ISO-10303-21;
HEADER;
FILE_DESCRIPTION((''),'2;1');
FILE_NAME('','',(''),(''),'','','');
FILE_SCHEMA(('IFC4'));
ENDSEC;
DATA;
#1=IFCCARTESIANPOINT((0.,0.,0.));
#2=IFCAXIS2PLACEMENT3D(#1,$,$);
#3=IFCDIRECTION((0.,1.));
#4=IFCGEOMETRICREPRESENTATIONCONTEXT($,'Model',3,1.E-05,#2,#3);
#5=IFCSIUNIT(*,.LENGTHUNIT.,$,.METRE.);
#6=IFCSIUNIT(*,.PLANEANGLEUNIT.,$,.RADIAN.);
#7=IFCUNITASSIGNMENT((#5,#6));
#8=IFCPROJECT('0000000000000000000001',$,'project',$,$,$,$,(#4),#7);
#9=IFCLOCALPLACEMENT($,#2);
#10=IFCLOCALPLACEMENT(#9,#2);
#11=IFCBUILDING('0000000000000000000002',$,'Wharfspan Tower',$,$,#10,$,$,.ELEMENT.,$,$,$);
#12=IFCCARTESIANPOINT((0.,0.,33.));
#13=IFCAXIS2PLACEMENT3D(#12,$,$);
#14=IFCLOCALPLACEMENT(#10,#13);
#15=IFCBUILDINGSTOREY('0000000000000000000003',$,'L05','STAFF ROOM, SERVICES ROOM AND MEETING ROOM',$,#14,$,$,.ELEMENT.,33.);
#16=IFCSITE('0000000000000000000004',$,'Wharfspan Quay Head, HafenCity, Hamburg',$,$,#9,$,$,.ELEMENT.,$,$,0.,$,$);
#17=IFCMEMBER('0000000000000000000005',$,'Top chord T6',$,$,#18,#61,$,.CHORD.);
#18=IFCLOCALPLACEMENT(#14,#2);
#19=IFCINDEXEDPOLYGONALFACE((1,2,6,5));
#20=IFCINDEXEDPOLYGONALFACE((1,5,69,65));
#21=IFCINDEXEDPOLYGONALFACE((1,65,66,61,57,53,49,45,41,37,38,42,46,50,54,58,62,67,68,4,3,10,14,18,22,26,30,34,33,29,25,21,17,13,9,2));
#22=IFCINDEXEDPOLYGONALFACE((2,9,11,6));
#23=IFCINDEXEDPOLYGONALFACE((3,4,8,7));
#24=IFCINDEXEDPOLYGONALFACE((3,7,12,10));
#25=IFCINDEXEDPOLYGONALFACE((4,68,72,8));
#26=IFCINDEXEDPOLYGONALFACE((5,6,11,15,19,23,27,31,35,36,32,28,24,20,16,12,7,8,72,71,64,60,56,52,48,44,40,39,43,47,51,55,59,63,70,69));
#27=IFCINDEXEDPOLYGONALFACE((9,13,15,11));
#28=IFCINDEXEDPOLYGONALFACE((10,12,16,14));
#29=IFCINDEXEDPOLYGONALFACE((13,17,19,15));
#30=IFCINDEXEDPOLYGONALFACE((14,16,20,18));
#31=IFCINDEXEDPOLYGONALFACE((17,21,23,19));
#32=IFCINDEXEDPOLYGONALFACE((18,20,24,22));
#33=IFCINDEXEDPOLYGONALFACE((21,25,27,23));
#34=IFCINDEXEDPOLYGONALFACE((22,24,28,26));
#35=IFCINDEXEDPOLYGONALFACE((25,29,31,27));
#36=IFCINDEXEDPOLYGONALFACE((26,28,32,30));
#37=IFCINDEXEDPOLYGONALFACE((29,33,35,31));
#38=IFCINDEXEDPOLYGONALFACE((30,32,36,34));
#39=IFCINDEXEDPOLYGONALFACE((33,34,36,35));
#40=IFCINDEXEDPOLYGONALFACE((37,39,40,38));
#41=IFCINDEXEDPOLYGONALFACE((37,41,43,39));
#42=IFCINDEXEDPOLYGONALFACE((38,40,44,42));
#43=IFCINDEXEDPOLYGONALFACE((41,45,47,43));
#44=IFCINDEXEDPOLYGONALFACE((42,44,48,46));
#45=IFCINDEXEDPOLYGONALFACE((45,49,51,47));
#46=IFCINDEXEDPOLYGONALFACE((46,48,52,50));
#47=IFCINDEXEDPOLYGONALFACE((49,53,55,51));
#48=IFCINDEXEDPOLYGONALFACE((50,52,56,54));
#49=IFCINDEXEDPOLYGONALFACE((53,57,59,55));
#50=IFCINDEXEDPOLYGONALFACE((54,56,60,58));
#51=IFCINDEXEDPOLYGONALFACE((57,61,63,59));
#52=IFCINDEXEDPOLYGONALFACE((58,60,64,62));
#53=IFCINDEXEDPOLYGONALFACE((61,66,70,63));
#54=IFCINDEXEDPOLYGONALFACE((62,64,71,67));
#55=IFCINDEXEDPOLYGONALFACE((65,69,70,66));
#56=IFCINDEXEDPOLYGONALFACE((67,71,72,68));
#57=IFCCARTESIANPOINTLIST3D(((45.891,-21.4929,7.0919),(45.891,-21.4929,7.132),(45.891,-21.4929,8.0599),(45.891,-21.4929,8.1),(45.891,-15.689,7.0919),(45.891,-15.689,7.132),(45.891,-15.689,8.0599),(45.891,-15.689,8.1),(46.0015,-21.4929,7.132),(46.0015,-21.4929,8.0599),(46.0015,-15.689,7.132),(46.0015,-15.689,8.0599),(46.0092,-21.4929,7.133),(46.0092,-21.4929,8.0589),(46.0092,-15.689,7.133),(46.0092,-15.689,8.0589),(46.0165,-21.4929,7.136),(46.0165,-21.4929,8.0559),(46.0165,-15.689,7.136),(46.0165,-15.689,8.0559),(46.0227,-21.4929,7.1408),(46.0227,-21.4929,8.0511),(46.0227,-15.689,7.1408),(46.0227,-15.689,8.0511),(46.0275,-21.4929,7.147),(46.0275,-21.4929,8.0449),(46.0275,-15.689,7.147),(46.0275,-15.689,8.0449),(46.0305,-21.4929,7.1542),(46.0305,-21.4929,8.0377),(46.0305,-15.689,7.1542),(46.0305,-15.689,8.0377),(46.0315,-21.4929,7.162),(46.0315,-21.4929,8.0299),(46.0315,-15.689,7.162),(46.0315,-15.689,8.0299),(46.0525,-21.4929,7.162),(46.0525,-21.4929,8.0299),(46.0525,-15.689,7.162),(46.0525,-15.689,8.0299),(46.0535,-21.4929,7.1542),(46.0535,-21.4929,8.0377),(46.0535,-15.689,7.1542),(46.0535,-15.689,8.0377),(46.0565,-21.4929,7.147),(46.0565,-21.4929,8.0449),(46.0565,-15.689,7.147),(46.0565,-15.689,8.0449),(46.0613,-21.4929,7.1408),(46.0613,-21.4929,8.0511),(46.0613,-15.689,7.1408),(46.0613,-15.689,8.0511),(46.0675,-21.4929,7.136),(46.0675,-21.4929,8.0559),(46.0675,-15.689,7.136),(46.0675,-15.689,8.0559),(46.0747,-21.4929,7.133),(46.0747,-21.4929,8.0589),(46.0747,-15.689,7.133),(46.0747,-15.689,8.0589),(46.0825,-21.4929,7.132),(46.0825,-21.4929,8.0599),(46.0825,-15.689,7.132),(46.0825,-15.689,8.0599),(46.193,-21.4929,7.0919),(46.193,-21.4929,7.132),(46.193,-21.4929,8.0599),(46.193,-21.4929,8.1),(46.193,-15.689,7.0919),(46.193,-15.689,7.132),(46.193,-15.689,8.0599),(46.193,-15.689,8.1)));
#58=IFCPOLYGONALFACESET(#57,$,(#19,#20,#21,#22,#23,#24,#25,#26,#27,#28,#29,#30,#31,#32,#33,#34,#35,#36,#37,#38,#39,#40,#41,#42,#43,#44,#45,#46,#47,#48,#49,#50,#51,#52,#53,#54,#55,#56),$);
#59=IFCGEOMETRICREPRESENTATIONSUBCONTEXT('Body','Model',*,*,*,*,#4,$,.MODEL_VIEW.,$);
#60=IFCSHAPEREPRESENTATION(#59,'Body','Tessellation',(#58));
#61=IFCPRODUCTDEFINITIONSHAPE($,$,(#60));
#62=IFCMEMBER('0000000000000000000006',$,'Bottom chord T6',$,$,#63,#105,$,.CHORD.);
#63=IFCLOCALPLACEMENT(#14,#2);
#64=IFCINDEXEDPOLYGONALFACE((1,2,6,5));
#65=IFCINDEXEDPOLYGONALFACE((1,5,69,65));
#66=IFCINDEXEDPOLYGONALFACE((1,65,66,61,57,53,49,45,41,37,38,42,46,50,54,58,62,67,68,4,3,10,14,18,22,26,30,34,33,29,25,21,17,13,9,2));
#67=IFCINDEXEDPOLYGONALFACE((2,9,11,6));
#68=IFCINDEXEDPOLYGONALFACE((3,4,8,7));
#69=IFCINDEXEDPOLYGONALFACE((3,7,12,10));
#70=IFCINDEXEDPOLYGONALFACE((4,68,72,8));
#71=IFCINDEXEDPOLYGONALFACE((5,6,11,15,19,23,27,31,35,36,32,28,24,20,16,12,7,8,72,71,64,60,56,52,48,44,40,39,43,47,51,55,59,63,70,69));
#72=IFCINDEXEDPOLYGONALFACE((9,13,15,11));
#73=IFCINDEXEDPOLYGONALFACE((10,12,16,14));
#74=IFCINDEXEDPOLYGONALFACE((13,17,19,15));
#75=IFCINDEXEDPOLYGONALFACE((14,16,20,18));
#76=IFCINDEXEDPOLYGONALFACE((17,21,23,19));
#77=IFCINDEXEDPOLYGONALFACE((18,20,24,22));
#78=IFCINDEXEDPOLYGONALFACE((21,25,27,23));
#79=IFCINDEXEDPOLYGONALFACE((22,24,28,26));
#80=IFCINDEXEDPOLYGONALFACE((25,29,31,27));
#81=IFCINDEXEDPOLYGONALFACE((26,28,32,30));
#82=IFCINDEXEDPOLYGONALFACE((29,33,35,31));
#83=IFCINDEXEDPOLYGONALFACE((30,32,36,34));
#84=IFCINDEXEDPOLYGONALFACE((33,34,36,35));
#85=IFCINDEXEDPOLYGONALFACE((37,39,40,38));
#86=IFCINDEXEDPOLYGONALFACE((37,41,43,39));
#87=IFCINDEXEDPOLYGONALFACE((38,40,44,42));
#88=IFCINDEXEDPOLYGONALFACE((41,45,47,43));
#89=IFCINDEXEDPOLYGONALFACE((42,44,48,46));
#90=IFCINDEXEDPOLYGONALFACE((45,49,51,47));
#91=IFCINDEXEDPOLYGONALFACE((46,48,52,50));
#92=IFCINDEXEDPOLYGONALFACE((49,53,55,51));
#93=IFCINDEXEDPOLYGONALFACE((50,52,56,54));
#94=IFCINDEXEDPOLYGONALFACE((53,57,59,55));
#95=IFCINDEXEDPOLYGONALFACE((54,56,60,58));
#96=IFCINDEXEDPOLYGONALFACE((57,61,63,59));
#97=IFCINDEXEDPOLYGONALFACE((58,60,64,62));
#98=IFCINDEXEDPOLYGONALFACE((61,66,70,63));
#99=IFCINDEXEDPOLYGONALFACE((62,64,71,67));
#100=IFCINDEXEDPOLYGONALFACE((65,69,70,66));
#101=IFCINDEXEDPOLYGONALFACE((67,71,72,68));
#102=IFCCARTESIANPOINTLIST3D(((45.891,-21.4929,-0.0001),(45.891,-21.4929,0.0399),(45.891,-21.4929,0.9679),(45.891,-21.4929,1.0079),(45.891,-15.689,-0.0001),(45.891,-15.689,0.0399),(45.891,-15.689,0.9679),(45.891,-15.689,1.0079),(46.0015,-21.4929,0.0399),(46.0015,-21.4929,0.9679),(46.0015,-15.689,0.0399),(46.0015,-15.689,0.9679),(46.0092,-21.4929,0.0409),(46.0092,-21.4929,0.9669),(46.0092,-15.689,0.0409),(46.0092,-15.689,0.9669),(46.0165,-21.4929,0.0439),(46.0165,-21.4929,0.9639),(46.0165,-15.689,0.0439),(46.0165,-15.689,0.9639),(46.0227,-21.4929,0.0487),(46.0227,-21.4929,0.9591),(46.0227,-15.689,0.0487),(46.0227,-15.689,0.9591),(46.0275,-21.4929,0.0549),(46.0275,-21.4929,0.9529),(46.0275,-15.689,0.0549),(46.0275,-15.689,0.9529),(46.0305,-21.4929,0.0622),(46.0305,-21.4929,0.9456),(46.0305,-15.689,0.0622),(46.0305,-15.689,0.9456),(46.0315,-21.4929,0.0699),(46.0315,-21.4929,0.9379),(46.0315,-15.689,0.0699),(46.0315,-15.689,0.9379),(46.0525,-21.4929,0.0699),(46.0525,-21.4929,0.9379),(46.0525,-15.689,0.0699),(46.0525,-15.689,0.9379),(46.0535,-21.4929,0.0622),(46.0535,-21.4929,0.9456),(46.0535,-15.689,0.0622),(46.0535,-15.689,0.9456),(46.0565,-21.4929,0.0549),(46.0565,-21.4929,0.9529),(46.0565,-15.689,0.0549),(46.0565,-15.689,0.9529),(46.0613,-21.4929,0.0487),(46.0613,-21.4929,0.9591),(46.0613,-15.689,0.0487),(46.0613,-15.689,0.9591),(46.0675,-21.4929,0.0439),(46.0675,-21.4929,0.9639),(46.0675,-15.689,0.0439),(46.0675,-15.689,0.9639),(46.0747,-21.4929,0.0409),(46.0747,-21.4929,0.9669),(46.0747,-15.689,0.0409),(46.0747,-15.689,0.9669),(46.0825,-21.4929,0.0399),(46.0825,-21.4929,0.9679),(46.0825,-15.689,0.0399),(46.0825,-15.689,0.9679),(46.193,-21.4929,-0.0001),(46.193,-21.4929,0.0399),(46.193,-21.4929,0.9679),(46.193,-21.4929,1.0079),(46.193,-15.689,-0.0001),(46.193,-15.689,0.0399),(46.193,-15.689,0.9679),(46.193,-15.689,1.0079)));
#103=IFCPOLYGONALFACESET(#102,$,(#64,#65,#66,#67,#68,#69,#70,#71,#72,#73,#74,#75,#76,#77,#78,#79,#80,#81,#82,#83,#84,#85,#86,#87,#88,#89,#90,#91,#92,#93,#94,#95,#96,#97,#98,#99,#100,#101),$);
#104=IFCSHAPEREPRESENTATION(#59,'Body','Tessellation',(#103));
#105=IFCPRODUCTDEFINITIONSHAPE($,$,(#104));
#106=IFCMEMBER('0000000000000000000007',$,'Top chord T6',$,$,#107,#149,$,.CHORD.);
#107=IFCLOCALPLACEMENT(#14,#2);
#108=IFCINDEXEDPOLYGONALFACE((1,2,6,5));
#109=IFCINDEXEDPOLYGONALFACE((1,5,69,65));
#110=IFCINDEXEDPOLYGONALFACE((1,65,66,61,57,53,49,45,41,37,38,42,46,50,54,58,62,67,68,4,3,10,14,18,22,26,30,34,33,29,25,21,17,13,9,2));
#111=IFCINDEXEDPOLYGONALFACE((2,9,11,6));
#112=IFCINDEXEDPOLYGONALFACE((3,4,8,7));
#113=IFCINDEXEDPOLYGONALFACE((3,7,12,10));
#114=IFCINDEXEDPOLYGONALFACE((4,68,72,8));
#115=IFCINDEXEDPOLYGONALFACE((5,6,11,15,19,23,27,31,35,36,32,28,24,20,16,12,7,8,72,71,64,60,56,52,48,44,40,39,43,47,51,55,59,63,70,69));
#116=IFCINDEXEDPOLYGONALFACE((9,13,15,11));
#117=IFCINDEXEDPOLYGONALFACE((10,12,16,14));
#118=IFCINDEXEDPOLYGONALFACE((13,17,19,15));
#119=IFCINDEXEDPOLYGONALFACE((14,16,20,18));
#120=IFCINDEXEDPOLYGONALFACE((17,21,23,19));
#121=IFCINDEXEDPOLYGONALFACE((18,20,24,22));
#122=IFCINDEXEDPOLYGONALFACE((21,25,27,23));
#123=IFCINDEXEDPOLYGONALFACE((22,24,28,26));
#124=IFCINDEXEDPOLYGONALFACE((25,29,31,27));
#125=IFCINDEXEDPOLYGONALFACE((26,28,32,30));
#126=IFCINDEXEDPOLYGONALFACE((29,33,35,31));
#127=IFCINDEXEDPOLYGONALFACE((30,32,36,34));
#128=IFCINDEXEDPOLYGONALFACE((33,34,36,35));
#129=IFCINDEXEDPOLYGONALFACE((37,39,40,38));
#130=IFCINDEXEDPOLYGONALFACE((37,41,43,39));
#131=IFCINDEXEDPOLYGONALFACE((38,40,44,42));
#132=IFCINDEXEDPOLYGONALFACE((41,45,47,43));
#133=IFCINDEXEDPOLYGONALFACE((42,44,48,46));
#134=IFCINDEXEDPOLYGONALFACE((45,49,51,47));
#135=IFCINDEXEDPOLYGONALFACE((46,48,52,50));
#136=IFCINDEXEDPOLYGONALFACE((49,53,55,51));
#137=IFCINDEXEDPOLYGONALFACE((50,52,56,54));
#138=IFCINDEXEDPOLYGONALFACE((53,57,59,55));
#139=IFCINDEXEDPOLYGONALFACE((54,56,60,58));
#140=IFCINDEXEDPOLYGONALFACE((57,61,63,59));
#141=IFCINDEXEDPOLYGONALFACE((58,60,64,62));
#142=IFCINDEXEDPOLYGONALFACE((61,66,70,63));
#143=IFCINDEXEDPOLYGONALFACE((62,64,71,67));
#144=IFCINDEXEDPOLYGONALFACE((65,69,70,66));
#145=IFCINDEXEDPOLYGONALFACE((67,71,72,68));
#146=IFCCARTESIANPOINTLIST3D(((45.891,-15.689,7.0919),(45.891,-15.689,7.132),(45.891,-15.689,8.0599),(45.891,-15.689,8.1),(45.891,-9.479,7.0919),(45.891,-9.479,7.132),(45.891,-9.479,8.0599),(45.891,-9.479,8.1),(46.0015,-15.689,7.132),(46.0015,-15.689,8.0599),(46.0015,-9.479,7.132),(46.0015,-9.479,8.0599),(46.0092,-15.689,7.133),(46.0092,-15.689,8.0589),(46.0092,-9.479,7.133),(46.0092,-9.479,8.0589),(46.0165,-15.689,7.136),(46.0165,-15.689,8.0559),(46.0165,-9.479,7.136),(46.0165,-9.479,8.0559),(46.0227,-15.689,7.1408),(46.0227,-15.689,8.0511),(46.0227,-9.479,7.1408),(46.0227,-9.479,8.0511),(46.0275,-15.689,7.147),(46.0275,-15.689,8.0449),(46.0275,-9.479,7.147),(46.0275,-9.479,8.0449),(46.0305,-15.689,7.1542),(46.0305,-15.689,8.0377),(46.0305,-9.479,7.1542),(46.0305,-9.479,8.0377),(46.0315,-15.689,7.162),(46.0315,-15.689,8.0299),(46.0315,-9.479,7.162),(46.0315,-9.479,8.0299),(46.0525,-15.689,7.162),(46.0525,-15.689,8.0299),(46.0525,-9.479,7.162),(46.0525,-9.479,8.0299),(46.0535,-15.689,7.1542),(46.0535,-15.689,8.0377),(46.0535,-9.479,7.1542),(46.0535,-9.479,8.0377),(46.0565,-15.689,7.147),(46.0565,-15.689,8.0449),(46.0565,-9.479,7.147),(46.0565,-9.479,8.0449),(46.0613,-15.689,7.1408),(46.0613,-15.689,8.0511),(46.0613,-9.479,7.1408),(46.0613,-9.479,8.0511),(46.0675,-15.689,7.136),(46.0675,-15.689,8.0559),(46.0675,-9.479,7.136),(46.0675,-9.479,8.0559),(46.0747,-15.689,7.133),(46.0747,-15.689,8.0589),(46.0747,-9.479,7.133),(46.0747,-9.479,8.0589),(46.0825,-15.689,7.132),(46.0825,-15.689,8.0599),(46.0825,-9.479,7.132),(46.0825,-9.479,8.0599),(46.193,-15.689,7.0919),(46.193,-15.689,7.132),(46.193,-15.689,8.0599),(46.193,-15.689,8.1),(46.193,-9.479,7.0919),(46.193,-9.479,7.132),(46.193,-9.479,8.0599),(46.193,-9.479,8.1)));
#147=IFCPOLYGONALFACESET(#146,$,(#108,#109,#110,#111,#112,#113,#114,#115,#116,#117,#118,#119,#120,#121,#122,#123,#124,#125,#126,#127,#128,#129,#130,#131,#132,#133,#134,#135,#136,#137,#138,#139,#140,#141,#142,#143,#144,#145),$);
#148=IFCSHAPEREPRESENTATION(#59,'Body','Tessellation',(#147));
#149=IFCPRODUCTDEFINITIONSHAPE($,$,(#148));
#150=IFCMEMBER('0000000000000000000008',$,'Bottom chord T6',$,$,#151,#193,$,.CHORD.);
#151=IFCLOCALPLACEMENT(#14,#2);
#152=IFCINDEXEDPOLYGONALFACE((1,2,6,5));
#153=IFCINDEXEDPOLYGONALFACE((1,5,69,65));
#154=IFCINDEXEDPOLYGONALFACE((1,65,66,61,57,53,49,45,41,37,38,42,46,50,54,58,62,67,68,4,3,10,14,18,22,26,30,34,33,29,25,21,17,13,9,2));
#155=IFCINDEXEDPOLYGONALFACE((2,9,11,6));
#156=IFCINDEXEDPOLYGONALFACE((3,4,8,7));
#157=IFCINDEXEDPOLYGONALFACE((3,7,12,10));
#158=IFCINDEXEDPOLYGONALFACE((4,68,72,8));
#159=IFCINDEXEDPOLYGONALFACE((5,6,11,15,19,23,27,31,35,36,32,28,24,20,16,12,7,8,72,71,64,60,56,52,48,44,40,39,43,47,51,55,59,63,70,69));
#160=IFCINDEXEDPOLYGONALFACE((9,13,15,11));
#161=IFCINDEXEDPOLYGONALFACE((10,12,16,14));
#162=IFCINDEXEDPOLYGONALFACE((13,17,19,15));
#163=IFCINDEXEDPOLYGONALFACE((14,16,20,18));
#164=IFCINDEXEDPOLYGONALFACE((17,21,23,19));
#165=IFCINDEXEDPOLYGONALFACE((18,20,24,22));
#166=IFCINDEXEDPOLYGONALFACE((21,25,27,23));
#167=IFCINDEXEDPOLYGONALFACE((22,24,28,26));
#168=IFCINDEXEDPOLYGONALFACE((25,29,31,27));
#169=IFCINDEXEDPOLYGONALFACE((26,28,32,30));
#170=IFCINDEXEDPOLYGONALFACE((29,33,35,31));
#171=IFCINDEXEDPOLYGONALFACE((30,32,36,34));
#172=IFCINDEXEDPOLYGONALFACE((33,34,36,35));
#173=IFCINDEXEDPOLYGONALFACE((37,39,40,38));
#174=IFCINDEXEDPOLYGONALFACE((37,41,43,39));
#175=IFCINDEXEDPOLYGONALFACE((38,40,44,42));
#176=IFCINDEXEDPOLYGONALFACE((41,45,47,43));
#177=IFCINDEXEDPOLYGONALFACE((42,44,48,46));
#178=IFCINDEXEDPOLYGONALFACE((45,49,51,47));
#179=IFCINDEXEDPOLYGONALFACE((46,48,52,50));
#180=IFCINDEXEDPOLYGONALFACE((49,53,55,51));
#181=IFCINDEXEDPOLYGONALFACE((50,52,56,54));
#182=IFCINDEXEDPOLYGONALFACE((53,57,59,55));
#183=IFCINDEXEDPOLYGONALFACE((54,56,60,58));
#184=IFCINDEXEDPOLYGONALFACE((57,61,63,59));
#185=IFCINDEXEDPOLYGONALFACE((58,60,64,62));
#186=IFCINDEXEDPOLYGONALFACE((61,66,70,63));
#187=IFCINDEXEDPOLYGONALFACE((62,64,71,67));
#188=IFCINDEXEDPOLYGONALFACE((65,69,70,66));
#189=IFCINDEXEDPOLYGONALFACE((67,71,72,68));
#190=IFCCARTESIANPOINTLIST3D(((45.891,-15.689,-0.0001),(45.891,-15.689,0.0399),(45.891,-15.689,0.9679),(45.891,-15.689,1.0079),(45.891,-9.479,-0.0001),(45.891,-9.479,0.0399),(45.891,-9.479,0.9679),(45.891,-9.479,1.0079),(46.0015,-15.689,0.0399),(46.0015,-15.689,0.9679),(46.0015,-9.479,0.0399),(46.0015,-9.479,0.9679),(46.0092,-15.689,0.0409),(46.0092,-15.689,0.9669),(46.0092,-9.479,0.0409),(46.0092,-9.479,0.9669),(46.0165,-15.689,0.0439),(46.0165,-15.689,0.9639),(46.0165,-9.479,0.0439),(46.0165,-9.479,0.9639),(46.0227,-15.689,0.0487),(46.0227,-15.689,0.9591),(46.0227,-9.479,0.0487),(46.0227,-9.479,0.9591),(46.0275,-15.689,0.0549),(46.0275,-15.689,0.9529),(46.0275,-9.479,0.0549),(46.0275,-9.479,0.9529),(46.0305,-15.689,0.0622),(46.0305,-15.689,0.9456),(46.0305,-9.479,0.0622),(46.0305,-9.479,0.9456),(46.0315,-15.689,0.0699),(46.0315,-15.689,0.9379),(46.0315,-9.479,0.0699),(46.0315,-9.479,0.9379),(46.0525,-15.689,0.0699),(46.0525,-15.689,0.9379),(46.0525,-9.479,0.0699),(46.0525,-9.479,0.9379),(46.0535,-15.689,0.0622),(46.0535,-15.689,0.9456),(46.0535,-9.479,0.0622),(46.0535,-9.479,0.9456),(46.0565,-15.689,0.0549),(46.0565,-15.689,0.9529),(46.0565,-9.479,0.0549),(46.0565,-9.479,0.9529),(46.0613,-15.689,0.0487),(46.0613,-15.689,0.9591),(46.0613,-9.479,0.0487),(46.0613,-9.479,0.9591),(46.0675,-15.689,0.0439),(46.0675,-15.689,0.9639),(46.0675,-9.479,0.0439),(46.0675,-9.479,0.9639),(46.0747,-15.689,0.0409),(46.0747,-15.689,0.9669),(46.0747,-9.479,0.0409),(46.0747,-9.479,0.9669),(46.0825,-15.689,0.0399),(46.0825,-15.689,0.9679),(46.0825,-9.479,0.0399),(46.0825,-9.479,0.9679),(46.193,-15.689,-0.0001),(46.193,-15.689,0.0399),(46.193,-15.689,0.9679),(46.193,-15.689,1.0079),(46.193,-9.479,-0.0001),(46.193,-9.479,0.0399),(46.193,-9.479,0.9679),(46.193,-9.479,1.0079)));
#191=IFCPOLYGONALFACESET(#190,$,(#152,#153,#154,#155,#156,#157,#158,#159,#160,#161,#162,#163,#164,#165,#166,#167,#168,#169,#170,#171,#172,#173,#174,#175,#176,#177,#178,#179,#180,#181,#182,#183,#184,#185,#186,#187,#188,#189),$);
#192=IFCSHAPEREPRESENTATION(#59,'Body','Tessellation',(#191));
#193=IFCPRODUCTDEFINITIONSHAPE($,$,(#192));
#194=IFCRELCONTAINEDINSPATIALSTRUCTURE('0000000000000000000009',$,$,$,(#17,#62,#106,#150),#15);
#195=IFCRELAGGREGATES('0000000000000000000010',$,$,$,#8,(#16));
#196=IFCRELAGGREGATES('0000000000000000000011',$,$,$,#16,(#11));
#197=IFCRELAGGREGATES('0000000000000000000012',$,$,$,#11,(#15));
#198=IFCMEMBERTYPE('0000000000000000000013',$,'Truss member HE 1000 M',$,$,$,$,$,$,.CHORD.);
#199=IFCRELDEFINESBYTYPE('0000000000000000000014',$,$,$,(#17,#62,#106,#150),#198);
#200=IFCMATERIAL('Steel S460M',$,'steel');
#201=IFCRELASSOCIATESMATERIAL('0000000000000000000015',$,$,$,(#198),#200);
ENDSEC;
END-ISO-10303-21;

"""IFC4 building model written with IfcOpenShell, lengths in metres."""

from ifc_helpers import new_model, si_unit, direction, frame, origin, origin_2d, place, context, subcontext, project, spatial, i_section, extrude, material, material_profile, profile_set, type_object, element, save


model = new_model("IFC4")

# Units and contexts
model_context = context("Model", 3, precision=1e-05, world=origin(), true_north=direction((0.0, 1.0)))
body_context = subcontext(model_context, "Body", "Model", "MODEL_VIEW")
ifc_project = project(units=[si_unit("LENGTHUNIT", "METRE"), si_unit("PLANEANGLEUNIT", "RADIAN")], contexts=[model_context])

# Site, building, storey
site_placement = place(None, origin())
site = spatial("IfcSite", under=ifc_project, at=site_placement, Name="Wharfspan Quay Head, HafenCity, Hamburg", CompositionType="ELEMENT", RefElevation=0.0)
building_placement = place(site_placement, origin())
building = spatial("IfcBuilding", under=site, at=building_placement, Name="Wharfspan Tower", CompositionType="ELEMENT")
storey_placement = place(building_placement, frame((0.0, 0.0, 33.0)))
storey = spatial("IfcBuildingStorey", under=building, at=storey_placement, Name="L05", Description="STAFF ROOM, SERVICES ROOM AND MEETING ROOM", CompositionType="ELEMENT", Elevation=33.0)

# Members
ifc_material_1 = material(Name="Steel S460M", Category="steel")
ifc_material_profile_1 = material_profile(ifc_material_1, i_section(OverallWidth=0.302, OverallDepth=1.0081, WebThickness=0.021, FlangeThickness=0.04, FilletRadius=0.03, at=origin_2d()))
ifc_profile_set_1 = profile_set([ifc_material_profile_1], Name="Steel S460M")
member_type_1 = type_object("IfcMemberType", Name="Truss member HE 1000 M", PredefinedType="CHORD", material=ifc_profile_set_1)
for number, where, z_axis, x_axis, name in (
    (1, (46.042, -21.4929, 7.5959), (0.0, 1.0, 0.0), (-1.0, 0.0, 0.0), "Top chord T6"),
    (2, (46.042, -21.4929, 0.5039), (0.0, 1.0, 0.0), (-1.0, 0.0, 0.0), "Bottom chord T6"),
):
    element("IfcMember", number, at=place(storey_placement, frame(where, z_axis=z_axis, x_axis=x_axis)), inside=storey, type_object=member_type_1, Name=name, PredefinedType="CHORD", context=body_context, shape_type="SweptSolid", body=[
        extrude(i_section(OverallWidth=0.302, OverallDepth=1.0081, WebThickness=0.021, FlangeThickness=0.04, FilletRadius=0.03, at=origin_2d()), origin(), (0.0, 0.0, 1.0), 5.804),
    ])
for number, where, z_axis, x_axis, name in (
    (3, (46.042, -15.689, 7.5959), (0.0, 1.0, 0.0), (-1.0, 0.0, 0.0), "Top chord T6"),
    (4, (46.042, -15.689, 0.5039), (0.0, 1.0, 0.0), (-1.0, 0.0, 0.0), "Bottom chord T6"),
):
    element("IfcMember", number, at=place(storey_placement, frame(where, z_axis=z_axis, x_axis=x_axis)), inside=storey, type_object=member_type_1, Name=name, PredefinedType="CHORD", context=body_context, shape_type="SweptSolid", body=[
        extrude(i_section(OverallWidth=0.302, OverallDepth=1.0081, WebThickness=0.021, FlangeThickness=0.04, FilletRadius=0.03, at=origin_2d()), origin(), (0.0, 0.0, 1.0), 6.21),
    ])

save(model, "model.ifc")
